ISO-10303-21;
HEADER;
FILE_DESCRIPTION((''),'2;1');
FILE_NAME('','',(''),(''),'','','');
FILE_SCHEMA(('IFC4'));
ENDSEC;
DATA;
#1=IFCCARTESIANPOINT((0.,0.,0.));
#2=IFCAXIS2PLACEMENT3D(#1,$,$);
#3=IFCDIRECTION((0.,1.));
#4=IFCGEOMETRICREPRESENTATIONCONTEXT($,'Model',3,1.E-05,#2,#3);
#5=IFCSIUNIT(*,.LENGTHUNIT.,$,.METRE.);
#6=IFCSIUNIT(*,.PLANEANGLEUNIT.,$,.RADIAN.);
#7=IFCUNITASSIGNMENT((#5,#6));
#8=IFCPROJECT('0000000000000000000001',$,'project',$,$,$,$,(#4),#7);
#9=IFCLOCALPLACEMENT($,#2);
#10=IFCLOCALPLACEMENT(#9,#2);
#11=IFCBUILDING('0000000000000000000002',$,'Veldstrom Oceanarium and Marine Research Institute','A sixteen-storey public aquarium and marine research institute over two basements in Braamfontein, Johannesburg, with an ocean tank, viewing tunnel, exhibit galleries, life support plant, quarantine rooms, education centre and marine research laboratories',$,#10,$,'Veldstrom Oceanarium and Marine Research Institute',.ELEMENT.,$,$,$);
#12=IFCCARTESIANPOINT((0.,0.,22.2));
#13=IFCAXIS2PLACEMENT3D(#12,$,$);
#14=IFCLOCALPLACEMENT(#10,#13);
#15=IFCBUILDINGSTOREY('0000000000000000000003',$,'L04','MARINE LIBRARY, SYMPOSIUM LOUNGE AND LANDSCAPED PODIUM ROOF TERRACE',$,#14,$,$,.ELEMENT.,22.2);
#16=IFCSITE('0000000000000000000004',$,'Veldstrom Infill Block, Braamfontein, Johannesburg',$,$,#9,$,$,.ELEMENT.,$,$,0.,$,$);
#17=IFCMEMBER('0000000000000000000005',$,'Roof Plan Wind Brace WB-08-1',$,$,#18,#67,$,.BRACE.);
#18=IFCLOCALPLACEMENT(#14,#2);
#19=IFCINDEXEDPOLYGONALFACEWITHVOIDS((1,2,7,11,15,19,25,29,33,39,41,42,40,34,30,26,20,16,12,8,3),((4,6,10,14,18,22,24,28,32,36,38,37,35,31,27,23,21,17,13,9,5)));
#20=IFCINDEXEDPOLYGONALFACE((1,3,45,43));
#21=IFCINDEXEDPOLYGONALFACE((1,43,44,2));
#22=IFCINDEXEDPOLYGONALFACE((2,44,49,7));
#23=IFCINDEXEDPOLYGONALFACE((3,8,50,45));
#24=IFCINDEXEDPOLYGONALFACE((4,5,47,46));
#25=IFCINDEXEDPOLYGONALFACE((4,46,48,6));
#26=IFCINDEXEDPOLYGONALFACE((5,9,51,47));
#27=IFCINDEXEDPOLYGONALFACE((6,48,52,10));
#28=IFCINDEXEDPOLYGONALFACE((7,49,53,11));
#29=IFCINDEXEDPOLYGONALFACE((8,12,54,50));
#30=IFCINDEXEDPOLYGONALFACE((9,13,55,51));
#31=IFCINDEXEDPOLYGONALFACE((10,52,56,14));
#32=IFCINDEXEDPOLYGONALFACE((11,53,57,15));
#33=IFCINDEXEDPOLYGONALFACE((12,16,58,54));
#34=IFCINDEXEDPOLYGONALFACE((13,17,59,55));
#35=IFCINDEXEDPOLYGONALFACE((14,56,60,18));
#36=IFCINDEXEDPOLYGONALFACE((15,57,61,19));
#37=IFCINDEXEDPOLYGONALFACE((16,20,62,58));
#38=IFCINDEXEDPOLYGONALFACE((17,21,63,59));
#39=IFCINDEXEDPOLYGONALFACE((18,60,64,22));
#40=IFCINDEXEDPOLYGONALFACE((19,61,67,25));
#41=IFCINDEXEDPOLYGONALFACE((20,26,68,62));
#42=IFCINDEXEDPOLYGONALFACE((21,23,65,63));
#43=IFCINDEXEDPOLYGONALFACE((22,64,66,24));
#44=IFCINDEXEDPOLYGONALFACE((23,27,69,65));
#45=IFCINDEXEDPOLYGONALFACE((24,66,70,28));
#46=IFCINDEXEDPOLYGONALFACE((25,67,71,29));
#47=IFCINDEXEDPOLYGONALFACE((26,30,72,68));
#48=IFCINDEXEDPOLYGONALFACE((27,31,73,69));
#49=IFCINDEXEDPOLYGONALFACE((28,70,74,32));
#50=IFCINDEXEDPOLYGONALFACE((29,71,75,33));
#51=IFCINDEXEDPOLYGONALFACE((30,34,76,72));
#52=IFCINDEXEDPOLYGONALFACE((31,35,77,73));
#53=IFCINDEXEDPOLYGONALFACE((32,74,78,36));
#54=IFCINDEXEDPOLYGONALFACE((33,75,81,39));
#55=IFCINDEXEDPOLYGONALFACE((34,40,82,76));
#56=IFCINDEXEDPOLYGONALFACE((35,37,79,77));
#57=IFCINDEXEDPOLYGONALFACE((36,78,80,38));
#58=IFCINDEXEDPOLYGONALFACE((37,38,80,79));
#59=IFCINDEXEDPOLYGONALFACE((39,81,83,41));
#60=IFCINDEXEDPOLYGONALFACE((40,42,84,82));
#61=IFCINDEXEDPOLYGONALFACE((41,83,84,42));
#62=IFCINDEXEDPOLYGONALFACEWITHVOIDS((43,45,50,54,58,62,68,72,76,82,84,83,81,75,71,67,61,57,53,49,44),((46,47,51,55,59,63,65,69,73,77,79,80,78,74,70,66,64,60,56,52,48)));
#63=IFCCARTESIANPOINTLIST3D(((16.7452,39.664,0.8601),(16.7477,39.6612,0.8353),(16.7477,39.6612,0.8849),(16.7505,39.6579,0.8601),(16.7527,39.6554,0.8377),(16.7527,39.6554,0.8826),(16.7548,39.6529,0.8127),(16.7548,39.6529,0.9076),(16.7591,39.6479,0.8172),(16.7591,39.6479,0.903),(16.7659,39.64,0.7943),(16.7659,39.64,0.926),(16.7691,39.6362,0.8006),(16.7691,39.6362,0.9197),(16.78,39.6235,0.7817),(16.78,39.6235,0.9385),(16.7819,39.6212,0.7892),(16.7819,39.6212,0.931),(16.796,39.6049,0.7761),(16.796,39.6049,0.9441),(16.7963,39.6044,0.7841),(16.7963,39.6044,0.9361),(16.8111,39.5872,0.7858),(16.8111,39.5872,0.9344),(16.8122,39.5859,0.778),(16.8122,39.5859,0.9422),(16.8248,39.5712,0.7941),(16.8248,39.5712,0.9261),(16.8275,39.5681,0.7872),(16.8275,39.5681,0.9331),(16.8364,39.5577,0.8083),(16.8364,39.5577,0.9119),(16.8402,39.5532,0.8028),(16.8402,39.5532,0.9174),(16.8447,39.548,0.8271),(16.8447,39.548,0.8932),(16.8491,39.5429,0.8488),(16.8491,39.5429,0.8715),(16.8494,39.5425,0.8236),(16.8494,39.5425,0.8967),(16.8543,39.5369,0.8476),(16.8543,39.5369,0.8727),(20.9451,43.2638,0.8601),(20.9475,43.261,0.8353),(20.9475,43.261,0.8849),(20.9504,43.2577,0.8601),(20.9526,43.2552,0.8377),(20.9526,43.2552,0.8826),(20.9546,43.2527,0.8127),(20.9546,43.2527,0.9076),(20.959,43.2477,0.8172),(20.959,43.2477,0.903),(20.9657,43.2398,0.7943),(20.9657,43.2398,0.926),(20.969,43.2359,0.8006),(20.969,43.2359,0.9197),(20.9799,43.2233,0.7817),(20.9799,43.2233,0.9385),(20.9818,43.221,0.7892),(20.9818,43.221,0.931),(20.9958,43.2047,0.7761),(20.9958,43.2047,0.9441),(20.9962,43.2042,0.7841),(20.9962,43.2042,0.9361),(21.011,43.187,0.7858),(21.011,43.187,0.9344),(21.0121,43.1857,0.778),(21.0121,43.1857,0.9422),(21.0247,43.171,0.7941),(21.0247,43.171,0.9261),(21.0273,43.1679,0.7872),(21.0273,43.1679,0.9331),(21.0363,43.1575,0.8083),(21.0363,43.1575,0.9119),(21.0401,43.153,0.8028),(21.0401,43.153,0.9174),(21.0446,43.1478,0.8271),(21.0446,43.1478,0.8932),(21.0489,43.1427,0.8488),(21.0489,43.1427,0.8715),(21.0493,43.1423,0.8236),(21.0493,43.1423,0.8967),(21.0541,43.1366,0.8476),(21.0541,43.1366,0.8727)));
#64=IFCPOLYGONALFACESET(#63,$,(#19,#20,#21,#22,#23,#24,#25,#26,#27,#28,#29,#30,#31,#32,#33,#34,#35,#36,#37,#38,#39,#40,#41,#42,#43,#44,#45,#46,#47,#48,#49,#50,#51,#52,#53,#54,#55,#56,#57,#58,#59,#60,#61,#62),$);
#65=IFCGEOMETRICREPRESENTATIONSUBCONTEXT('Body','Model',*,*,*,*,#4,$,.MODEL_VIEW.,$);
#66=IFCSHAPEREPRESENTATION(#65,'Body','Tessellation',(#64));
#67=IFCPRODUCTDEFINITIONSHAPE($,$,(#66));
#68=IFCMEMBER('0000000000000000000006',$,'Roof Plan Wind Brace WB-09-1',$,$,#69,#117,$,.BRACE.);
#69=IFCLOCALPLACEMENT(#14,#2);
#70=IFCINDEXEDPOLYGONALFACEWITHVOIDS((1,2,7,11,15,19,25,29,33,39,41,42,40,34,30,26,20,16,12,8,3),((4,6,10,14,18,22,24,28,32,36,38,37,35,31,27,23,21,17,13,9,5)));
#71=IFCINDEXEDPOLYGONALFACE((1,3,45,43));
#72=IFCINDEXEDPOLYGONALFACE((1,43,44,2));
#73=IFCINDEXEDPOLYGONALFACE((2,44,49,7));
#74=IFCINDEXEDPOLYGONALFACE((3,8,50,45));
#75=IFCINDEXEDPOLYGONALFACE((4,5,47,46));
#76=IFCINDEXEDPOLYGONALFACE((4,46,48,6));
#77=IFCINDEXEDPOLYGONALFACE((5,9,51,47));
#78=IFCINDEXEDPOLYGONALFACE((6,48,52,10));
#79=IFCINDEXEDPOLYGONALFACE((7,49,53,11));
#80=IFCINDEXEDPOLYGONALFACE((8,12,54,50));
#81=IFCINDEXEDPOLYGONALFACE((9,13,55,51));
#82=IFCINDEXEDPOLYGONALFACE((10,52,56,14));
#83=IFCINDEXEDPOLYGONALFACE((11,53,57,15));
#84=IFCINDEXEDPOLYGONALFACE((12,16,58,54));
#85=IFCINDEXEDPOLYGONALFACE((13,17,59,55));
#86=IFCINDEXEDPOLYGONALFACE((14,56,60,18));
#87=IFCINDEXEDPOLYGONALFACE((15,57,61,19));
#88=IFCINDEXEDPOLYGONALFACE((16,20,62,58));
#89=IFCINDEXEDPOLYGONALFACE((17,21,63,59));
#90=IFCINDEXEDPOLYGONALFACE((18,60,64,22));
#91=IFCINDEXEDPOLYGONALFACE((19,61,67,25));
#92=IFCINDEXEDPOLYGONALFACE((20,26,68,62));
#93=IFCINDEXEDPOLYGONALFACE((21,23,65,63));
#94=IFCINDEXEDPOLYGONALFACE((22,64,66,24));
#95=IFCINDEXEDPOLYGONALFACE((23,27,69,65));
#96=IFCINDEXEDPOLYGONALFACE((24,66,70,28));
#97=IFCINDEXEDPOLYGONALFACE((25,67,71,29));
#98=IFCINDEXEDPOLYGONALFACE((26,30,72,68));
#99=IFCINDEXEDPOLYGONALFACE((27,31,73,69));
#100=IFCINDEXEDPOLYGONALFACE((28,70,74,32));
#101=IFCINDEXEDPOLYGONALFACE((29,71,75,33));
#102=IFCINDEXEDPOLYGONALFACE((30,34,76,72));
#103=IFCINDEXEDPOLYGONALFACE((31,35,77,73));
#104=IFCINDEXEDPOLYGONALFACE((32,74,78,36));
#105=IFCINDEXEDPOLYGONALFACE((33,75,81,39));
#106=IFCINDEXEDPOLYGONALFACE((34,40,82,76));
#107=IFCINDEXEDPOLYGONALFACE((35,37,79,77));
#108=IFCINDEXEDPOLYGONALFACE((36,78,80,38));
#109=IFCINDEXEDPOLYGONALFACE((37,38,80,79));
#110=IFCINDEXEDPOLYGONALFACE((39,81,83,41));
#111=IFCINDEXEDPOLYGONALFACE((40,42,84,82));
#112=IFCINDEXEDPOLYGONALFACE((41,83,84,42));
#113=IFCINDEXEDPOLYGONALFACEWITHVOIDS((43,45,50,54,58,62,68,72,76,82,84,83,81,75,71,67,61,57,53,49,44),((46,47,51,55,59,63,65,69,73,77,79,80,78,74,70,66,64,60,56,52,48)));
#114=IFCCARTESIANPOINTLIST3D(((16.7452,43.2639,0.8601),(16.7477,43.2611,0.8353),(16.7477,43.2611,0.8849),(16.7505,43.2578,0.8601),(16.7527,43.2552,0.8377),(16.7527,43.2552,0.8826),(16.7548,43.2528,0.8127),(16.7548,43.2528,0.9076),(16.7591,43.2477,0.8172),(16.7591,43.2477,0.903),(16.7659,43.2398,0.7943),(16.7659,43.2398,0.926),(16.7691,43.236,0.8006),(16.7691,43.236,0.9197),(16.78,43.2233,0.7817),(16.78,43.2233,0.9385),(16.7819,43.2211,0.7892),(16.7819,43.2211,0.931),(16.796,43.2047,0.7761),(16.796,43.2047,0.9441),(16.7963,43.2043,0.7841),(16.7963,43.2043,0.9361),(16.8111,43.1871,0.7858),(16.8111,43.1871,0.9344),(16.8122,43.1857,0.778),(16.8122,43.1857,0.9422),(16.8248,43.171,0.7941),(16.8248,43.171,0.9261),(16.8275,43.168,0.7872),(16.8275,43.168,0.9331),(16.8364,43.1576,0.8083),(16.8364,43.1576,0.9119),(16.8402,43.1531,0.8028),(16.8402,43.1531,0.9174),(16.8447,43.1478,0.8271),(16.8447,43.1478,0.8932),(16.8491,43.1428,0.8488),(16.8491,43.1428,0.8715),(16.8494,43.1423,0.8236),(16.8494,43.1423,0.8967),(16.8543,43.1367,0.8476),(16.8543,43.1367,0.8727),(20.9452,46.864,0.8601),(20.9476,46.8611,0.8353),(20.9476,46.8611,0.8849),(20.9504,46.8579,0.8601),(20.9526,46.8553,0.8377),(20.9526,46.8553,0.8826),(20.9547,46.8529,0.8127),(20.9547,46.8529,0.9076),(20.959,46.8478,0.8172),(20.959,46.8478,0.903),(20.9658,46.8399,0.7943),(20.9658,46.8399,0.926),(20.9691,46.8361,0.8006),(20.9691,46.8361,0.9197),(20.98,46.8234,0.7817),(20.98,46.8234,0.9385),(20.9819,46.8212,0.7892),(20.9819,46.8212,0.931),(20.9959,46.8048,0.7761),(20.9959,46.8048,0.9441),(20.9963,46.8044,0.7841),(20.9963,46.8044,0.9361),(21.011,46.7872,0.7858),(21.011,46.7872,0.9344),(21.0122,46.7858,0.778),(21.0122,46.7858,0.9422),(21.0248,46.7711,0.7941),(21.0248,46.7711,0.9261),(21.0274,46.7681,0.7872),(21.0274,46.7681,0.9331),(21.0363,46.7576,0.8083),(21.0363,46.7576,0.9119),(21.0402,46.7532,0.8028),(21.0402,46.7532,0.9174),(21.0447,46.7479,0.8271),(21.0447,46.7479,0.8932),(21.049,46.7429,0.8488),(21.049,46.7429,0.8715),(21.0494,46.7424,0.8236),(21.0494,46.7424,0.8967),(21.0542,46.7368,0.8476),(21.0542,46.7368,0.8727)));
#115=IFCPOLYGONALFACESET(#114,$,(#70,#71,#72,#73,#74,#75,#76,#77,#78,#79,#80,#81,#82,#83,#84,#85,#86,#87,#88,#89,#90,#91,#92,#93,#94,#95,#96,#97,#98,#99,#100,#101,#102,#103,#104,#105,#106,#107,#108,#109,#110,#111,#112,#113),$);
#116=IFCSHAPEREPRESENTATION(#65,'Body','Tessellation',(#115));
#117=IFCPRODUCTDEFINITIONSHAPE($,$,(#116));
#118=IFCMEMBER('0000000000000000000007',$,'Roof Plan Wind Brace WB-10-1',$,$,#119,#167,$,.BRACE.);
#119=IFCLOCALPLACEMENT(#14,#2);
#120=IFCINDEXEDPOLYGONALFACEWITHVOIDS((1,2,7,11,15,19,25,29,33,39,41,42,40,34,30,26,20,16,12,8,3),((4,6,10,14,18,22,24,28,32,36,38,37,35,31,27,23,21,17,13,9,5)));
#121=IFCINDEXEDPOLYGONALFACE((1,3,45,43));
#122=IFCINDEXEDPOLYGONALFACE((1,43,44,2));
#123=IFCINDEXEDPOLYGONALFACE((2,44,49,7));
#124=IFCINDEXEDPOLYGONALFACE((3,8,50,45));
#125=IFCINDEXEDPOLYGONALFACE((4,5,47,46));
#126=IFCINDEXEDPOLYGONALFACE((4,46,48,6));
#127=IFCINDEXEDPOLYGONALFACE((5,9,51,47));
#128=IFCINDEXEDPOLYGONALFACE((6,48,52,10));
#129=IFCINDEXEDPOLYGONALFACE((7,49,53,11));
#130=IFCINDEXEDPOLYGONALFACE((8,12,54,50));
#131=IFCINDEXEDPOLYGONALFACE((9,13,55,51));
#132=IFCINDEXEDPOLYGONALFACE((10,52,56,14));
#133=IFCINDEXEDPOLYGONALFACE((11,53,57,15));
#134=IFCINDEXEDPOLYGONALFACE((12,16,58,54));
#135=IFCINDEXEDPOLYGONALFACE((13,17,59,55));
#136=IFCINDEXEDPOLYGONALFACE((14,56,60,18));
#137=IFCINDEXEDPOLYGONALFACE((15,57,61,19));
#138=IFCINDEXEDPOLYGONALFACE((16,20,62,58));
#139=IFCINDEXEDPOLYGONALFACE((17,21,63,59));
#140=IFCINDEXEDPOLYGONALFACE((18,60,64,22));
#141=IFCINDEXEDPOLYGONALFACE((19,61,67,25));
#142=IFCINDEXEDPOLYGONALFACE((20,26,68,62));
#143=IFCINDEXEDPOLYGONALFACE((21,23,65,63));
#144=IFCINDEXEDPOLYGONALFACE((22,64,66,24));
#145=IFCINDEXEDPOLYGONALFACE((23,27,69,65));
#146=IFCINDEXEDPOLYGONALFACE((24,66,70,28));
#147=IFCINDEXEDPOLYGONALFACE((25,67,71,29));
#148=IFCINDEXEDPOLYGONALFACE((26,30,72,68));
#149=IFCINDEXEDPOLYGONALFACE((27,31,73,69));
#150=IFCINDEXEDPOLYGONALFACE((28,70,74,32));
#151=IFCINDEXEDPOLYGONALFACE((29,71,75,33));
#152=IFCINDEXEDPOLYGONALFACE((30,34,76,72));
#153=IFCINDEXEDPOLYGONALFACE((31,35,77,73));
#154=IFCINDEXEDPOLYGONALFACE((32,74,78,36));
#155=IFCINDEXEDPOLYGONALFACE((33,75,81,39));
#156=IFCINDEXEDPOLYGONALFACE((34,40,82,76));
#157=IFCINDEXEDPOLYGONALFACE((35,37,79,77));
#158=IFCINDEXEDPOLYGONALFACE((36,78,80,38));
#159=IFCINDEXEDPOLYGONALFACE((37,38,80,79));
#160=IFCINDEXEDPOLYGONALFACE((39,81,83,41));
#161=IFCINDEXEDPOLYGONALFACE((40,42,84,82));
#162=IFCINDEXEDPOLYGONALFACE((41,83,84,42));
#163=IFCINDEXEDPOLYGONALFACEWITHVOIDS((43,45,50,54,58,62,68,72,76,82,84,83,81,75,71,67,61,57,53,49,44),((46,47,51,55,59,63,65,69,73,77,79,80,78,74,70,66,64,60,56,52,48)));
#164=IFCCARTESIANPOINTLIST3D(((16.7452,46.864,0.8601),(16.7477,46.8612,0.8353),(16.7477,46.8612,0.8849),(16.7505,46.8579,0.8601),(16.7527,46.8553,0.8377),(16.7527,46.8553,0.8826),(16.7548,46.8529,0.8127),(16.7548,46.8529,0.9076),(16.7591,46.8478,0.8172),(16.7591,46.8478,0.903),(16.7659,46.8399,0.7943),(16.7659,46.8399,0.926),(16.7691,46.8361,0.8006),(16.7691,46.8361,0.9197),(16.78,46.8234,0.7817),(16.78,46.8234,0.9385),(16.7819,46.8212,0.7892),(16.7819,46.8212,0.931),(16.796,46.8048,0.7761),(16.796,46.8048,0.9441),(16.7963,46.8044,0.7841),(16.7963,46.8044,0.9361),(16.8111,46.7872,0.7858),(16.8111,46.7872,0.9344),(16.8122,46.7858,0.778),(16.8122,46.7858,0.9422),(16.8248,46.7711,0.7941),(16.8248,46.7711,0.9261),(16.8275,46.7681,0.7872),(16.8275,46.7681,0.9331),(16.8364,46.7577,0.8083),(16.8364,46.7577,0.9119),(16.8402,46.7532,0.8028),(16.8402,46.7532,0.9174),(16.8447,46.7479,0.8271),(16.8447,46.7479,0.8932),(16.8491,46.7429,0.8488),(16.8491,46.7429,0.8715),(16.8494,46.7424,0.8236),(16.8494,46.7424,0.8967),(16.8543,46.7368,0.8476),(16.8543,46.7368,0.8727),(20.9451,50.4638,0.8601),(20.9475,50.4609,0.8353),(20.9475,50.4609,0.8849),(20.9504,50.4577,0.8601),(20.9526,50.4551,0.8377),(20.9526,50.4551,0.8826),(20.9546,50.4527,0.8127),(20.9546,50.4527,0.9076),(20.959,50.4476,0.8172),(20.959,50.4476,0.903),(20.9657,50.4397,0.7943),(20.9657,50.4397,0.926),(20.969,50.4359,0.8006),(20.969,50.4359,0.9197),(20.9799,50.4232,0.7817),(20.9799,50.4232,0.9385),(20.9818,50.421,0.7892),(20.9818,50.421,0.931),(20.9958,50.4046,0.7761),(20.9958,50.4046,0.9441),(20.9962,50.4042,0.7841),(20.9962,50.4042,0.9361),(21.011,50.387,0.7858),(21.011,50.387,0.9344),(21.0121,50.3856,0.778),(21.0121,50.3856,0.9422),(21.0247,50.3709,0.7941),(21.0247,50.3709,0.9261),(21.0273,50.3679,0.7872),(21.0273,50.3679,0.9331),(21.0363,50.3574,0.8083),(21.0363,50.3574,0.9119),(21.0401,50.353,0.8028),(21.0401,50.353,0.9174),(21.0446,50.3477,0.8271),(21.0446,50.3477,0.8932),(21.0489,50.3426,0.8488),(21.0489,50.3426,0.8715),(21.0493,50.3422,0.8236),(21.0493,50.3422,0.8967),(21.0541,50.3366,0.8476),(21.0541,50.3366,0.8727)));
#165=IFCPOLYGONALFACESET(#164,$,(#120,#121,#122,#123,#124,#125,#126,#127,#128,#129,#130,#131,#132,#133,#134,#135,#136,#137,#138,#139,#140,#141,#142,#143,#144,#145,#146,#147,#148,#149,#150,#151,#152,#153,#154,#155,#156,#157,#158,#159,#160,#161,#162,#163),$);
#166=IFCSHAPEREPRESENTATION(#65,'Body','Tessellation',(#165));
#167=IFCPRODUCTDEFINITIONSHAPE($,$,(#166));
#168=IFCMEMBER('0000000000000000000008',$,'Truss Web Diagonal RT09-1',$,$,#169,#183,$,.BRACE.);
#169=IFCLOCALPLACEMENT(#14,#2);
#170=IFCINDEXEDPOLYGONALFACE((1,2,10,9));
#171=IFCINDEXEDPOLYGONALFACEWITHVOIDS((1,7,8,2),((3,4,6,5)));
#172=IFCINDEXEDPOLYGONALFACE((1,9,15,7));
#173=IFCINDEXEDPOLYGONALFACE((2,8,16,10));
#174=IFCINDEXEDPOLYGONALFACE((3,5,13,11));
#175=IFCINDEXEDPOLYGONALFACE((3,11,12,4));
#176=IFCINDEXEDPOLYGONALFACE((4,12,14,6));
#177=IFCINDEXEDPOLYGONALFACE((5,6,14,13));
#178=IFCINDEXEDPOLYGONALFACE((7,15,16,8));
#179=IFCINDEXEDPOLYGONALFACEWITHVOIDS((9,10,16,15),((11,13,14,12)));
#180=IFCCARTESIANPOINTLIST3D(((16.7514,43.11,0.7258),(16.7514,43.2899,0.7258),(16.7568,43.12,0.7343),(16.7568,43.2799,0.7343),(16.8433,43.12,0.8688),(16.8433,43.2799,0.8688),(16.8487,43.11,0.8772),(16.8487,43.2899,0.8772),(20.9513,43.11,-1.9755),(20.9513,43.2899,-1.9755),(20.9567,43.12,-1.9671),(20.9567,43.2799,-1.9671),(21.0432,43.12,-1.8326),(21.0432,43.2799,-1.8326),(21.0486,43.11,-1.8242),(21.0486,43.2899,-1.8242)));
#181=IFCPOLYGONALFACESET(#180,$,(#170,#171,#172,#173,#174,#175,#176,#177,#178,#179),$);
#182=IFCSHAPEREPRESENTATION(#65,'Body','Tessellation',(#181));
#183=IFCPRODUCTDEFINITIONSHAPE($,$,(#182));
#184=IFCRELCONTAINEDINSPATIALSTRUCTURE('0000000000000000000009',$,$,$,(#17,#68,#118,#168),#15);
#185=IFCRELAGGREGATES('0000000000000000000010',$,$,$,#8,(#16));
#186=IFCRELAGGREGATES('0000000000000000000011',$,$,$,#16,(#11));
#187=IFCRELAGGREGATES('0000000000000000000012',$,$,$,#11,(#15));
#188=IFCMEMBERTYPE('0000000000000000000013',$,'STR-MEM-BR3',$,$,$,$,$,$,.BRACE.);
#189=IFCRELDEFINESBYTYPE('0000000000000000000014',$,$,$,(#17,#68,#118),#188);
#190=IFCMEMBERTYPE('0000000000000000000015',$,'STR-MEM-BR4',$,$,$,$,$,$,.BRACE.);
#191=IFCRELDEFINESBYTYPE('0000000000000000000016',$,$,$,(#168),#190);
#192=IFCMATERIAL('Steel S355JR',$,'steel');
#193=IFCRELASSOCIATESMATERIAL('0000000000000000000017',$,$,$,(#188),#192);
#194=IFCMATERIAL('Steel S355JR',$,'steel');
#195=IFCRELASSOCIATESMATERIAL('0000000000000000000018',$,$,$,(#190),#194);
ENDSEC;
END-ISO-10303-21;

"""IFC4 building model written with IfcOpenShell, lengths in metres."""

from ifc_helpers import new_model, si_unit, direction, frame, origin, origin_2d, place, context, subcontext, project, spatial, hollow_rectangle, hollow_circle, extrude, material, material_profile, profile_set, type_object, element, save


model = new_model("IFC4")

# Units and contexts
model_context = context("Model", 3, precision=1e-05, world=origin(), true_north=direction((0.0, 1.0)))
body_context = subcontext(model_context, "Body", "Model", "MODEL_VIEW")
ifc_project = project(units=[si_unit("LENGTHUNIT", "METRE"), si_unit("PLANEANGLEUNIT", "RADIAN")], contexts=[model_context])

# Site, building, storey
site_placement = place(None, origin())
site = spatial("IfcSite", under=ifc_project, at=site_placement, Name="Veldstrom Infill Block, Braamfontein, Johannesburg", CompositionType="ELEMENT", RefElevation=0.0)
building_placement = place(site_placement, origin())
building = spatial("IfcBuilding", under=site, at=building_placement, Name="Veldstrom Oceanarium and Marine Research Institute", Description="A sixteen-storey public aquarium and marine research institute over two basements in Braamfontein, Johannesburg, with an ocean tank, viewing tunnel, exhibit galleries, life support plant, quarantine rooms, education centre and marine research laboratories", LongName="Veldstrom Oceanarium and Marine Research Institute", CompositionType="ELEMENT")
storey_placement = place(building_placement, frame((0.0, 0.0, 22.2)))
storey = spatial("IfcBuildingStorey", under=building, at=storey_placement, Name="L04", Description="MARINE LIBRARY, SYMPOSIUM LOUNGE AND LANDSCAPED PODIUM ROOF TERRACE", CompositionType="ELEMENT", Elevation=22.2)

# Members
ifc_material_1 = material(Name="Steel S355JR", Category="steel")
ifc_material_profile_1 = material_profile(ifc_material_1, hollow_circle(Radius=0.0842, WallThickness=0.0081, at=origin_2d()), Name="CHS 168.3x8")
ifc_profile_set_1 = profile_set([ifc_material_profile_1], Name="Steel S355JR")
member_type_1 = type_object("IfcMemberType", Name="STR-MEM-BR3", PredefinedType="BRACE", material=ifc_profile_set_1)
member_1_placement = place(storey_placement, frame((16.8, 39.6001, 0.8601), z_axis=(0.759266, 0.65078, 0.0), x_axis=(-0.65078, 0.759266, 0.0)))
element("IfcMember", 1, at=member_1_placement, inside=storey, type_object=member_type_1, Name="Roof Plan Wind Brace WB-08-1", PredefinedType="BRACE", context=body_context, shape_type="SweptSolid", body=[
    extrude(hollow_circle(Radius=0.0842, WallThickness=0.0081, at=origin_2d()), origin(), (0.0, 0.0, 1.0), 5.5315),
])
member_2_placement = place(storey_placement, frame((16.8, 43.2, 0.8601), z_axis=(0.759244, 0.650806, 0.0), x_axis=(-0.650806, 0.759244, 0.0)))
element("IfcMember", 2, at=member_2_placement, inside=storey, type_object=member_type_1, Name="Roof Plan Wind Brace WB-09-1", PredefinedType="BRACE", context=body_context, shape_type="SweptSolid", body=[
    extrude(hollow_circle(Radius=0.0842, WallThickness=0.0081, at=origin_2d()), origin(), (0.0, 0.0, 1.0), 5.5317),
])
member_3_placement = place(storey_placement, frame((16.8, 46.8, 0.8601), z_axis=(0.759266, 0.65078, 0.0), x_axis=(-0.65078, 0.759266, 0.0)))
element("IfcMember", 3, at=member_3_placement, inside=storey, type_object=member_type_1, Name="Roof Plan Wind Brace WB-10-1", PredefinedType="BRACE", context=body_context, shape_type="SweptSolid", body=[
    extrude(hollow_circle(Radius=0.0842, WallThickness=0.0081, at=origin_2d()), origin(), (0.0, 0.0, 1.0), 5.5315),
])
ifc_material_2 = material(Name="Steel S355JR", Category="steel")
ifc_material_profile_2 = material_profile(ifc_material_2, hollow_rectangle(XDim=0.1799, YDim=0.1799, WallThickness=0.01, at=origin_2d()), Name="SHS 180x180x10")
ifc_profile_set_2 = profile_set([ifc_material_profile_2], Name="Steel S355JR")
member_type_2 = type_object("IfcMemberType", Name="STR-MEM-BR4", PredefinedType="BRACE", material=ifc_profile_set_2)
member_4_placement = place(storey_placement, frame((16.8, 43.2, 0.8015), z_axis=(0.841047, 0.0, -0.540963), x_axis=(0.0, 1.0, 0.0)))
element("IfcMember", 4, at=member_4_placement, inside=storey, type_object=member_type_2, Name="Truss Web Diagonal RT09-1", PredefinedType="BRACE", context=body_context, shape_type="SweptSolid", body=[
    extrude(hollow_rectangle(XDim=0.1799, YDim=0.1799, WallThickness=0.01, at=origin_2d()), origin(), (0.0, 0.0, 1.0), 4.9937),
])

save(model, "model.ifc")
